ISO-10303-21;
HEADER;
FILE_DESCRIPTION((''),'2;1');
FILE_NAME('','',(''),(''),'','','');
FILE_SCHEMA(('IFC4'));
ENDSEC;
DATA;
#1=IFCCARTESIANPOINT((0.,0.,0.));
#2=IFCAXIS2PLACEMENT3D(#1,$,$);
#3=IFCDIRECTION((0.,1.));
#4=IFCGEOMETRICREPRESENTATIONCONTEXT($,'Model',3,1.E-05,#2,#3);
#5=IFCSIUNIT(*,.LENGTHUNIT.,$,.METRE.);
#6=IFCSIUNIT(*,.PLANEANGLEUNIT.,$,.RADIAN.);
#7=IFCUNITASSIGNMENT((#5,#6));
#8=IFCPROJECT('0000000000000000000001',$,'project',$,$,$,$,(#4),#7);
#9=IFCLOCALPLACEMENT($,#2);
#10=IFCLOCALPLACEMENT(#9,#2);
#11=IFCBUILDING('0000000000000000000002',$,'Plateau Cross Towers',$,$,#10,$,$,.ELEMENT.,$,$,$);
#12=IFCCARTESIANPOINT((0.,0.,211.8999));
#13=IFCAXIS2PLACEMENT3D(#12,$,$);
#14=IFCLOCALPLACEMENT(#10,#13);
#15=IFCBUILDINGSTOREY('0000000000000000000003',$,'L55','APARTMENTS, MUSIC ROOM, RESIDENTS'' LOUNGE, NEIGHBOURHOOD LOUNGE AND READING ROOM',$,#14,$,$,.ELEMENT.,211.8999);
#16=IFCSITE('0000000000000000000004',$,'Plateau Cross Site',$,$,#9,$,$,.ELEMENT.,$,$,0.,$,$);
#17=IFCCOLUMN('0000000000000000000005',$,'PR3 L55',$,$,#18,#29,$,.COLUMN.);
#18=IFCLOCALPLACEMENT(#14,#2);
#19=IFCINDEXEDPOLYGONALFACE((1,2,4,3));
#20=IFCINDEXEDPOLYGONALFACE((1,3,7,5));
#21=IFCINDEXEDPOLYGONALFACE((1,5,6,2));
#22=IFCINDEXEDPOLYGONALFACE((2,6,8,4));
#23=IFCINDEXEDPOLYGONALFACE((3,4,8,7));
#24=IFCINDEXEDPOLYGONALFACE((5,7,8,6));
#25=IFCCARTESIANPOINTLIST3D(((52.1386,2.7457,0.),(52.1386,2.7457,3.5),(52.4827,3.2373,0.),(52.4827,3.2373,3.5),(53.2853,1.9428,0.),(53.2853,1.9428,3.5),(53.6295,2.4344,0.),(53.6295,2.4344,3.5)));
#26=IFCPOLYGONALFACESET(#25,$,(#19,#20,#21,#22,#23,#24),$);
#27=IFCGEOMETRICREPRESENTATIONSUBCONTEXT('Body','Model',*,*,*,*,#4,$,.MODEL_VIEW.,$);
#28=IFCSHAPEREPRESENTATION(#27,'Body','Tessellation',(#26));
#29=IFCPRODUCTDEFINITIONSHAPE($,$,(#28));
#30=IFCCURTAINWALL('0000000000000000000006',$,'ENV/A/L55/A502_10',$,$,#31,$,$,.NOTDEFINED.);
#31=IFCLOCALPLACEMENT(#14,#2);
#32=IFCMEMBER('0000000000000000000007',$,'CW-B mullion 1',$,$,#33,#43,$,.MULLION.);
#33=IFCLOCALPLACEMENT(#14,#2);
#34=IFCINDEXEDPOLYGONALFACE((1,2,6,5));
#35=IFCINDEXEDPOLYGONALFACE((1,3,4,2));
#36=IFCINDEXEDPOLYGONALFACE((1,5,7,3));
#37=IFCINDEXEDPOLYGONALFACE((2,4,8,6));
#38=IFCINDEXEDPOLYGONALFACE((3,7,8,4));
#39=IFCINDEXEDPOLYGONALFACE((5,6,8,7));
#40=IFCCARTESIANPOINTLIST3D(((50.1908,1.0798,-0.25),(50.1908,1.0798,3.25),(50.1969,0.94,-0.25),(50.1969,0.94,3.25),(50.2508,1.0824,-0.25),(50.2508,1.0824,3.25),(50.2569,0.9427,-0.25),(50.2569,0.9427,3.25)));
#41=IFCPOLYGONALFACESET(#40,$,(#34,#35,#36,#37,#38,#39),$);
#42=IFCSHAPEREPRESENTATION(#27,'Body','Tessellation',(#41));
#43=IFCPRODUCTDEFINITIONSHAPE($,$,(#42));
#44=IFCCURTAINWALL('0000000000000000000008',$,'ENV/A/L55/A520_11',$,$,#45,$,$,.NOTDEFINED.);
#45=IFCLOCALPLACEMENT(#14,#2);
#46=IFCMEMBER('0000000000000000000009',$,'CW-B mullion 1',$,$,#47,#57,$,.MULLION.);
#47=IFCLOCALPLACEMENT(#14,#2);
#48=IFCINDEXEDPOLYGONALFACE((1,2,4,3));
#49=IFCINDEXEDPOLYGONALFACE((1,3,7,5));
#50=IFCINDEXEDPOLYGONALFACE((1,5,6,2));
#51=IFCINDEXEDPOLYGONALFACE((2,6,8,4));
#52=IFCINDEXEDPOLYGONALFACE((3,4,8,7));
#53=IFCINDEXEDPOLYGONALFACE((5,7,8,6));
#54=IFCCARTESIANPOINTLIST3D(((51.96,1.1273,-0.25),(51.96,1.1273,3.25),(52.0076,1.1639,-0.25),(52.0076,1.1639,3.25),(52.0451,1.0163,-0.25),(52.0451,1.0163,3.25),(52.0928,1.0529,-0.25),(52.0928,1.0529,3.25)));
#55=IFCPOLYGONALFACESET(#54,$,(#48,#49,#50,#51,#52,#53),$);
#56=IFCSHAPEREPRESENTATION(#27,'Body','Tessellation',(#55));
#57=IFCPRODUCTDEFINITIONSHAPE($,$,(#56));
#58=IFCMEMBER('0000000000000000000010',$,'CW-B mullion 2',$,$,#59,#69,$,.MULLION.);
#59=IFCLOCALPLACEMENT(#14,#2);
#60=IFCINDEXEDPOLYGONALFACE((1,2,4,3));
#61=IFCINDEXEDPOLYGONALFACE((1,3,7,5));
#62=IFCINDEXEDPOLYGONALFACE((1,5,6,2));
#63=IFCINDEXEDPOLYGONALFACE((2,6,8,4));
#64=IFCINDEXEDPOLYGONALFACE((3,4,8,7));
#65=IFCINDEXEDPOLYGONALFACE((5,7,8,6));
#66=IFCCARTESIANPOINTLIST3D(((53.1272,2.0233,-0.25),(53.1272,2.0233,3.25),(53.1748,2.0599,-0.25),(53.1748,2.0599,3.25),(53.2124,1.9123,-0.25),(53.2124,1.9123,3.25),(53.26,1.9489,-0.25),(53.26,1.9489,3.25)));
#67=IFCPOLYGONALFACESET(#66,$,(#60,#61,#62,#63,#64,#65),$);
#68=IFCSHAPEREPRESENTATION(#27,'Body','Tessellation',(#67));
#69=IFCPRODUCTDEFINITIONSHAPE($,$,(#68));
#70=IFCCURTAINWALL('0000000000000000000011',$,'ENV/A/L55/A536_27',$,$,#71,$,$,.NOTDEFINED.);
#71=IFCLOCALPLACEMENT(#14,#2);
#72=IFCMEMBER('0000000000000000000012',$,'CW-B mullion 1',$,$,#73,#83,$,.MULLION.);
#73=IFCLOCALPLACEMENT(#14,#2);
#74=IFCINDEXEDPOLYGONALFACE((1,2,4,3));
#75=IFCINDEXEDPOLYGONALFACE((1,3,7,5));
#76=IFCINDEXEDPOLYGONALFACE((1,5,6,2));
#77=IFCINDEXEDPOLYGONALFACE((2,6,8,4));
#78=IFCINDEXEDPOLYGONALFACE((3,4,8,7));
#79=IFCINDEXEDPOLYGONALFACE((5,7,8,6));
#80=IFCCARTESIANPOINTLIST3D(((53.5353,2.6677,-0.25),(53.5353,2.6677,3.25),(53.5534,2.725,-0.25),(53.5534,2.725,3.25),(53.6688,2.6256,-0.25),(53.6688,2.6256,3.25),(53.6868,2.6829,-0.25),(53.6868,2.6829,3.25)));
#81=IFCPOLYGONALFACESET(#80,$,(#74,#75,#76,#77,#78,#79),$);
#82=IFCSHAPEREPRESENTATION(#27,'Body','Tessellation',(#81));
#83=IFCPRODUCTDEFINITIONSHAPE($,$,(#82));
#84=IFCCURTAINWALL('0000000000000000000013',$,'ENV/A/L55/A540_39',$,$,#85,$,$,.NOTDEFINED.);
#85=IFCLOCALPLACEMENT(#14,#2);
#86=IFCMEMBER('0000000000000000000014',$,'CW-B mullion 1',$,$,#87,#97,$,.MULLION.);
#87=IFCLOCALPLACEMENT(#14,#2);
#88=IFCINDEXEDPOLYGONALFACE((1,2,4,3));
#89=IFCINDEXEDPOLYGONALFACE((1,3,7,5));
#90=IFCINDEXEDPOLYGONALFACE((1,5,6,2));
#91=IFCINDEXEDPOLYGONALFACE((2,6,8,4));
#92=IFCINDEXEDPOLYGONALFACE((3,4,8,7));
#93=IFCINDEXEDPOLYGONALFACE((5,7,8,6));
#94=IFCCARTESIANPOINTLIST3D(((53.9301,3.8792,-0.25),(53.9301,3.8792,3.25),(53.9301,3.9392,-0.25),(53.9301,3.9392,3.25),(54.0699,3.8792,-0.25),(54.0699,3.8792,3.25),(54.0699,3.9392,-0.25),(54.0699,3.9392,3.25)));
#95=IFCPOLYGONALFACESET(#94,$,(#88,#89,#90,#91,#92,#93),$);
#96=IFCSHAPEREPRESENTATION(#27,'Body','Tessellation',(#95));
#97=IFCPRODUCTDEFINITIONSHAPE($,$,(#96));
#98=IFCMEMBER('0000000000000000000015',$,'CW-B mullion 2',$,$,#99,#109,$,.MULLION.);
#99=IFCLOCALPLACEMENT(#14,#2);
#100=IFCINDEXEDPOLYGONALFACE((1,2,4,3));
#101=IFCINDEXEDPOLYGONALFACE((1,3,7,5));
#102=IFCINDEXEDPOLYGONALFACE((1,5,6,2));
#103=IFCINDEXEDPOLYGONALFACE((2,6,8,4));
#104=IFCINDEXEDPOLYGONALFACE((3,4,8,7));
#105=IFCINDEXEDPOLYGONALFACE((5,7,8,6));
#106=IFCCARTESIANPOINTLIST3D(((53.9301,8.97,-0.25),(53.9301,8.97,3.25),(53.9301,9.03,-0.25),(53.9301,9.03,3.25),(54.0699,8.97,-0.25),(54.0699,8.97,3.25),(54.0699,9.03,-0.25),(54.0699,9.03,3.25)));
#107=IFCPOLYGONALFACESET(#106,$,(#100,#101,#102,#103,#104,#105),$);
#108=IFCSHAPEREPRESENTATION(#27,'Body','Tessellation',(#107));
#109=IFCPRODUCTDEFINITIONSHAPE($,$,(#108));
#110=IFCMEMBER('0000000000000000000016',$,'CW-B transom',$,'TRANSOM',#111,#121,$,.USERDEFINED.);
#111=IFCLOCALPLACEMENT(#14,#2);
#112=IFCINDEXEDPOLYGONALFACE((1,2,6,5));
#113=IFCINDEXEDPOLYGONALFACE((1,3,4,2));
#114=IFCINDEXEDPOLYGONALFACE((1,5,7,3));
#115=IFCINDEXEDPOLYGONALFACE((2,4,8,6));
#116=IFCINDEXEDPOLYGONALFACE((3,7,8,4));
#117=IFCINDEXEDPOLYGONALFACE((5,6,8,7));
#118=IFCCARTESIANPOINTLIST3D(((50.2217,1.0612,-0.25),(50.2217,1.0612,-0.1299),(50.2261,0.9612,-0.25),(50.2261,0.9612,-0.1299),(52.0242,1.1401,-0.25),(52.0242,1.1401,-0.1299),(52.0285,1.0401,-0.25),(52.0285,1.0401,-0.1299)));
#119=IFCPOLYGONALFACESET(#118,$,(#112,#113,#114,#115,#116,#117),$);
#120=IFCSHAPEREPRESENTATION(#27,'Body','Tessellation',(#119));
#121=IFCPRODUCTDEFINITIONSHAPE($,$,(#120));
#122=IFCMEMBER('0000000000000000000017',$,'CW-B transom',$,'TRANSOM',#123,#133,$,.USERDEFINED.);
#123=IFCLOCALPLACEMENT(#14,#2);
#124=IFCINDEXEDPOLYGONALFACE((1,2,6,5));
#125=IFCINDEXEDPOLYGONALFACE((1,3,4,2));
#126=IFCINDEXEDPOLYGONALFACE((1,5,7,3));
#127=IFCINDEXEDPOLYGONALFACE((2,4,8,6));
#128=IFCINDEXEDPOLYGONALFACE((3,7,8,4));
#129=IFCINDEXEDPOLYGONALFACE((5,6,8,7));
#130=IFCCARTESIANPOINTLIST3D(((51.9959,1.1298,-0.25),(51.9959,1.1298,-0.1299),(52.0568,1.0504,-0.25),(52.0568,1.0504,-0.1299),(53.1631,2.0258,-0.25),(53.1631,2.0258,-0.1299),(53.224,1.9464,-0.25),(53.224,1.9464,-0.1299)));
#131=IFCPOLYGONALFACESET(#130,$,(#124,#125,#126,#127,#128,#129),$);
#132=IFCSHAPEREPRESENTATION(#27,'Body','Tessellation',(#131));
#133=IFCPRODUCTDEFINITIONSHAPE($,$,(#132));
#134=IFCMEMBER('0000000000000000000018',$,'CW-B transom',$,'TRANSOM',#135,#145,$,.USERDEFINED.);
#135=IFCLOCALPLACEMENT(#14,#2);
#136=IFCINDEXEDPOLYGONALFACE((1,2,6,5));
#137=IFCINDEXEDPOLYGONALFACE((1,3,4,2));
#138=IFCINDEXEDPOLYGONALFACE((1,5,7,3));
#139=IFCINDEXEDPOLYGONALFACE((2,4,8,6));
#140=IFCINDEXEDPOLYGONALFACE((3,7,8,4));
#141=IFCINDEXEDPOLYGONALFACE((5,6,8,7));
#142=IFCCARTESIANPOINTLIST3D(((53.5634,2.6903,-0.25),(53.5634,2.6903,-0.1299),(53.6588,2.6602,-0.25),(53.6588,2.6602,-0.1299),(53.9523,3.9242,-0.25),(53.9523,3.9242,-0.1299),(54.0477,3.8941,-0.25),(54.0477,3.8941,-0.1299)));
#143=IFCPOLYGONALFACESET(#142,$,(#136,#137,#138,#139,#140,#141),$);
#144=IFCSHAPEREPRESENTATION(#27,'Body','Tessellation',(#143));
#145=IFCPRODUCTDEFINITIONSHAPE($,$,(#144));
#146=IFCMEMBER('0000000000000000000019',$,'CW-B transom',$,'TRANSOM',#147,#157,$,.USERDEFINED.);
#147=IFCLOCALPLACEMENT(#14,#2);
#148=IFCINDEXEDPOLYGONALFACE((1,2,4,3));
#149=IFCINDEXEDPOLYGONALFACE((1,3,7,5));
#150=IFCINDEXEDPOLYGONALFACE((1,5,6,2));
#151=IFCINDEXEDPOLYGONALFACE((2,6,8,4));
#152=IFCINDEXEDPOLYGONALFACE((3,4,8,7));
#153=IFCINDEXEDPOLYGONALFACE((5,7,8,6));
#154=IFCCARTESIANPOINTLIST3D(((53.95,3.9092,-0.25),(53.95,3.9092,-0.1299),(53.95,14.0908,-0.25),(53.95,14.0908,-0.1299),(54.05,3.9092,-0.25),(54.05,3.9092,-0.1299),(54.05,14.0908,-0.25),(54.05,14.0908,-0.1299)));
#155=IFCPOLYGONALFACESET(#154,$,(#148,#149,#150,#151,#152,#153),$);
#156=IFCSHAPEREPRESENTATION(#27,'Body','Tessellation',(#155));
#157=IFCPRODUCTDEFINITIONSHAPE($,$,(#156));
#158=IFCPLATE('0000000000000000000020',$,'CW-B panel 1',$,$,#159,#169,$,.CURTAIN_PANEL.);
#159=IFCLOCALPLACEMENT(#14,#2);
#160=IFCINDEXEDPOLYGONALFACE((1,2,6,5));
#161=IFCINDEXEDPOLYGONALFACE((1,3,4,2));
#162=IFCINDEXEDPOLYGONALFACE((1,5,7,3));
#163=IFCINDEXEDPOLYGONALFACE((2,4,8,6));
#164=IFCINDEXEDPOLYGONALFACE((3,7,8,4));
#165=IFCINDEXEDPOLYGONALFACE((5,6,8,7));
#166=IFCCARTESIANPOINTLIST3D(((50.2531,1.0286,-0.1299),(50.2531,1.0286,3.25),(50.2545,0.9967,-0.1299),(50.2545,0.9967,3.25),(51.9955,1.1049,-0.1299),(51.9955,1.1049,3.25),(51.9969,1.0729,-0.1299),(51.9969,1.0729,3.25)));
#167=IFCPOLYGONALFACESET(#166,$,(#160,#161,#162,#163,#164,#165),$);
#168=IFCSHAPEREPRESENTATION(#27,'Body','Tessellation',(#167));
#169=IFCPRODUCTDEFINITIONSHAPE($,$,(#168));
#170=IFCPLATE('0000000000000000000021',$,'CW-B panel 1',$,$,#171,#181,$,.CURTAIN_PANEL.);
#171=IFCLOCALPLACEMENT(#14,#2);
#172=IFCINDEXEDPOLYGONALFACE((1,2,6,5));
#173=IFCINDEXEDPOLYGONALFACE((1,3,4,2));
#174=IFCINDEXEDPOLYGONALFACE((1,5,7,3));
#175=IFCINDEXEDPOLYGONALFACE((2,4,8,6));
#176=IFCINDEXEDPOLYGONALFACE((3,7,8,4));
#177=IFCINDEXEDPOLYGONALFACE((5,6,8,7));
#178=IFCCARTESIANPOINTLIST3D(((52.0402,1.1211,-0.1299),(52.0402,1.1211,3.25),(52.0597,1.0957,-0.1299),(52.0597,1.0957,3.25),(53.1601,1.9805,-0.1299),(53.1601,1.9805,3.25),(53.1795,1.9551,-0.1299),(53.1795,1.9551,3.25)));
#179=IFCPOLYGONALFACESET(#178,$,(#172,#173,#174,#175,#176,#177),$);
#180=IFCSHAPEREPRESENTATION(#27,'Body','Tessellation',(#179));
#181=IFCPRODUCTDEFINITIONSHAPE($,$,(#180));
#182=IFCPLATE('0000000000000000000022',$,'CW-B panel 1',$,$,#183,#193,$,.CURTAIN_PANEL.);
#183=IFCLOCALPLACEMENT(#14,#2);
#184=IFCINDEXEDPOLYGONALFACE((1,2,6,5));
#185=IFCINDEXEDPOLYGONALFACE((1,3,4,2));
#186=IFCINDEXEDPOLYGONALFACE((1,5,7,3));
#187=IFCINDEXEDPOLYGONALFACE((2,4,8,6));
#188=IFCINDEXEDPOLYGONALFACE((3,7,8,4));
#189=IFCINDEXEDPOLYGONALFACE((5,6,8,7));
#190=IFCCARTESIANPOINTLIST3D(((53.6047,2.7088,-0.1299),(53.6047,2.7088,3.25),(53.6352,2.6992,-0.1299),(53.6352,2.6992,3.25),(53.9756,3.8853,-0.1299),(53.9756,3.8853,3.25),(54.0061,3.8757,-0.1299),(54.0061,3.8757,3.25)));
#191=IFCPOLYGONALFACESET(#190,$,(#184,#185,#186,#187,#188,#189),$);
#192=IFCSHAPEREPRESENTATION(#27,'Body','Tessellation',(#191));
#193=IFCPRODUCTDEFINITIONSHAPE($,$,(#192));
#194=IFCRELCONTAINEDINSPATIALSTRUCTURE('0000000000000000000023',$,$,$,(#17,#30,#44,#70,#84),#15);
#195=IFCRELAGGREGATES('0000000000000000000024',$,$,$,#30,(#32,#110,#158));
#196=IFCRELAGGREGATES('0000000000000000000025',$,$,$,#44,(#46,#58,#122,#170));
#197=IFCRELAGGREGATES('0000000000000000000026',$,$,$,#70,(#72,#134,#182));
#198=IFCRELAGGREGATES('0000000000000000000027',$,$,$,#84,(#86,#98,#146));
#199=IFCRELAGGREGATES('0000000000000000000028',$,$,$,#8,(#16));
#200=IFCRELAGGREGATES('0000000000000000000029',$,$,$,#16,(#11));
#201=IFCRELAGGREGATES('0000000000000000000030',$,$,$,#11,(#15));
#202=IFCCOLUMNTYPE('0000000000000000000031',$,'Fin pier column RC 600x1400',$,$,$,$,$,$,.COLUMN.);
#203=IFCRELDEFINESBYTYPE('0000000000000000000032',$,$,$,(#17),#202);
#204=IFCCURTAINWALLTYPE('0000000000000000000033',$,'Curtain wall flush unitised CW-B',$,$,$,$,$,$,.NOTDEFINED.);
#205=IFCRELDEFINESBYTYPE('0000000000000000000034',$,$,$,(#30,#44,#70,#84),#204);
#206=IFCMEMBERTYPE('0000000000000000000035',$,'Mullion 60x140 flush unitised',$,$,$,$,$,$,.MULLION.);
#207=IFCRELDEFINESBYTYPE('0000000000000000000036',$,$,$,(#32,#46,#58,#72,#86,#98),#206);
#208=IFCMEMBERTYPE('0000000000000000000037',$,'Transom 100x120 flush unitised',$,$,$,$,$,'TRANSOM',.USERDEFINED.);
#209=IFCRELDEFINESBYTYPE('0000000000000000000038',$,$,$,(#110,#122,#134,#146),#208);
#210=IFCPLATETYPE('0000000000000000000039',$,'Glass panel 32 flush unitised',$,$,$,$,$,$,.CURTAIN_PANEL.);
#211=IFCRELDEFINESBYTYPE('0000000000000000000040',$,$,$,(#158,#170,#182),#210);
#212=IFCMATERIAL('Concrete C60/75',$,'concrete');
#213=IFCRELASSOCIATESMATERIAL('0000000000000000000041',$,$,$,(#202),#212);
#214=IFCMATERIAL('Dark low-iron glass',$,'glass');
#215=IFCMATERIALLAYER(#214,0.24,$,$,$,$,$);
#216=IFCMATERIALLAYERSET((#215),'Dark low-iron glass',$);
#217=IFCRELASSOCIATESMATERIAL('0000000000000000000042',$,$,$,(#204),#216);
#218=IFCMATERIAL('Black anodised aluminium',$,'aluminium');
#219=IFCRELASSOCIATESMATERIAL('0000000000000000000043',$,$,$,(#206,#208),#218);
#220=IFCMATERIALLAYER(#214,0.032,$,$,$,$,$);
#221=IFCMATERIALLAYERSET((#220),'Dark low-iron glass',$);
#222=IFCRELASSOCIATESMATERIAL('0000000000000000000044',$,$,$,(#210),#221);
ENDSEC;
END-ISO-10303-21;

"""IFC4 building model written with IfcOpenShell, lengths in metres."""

from ifc_helpers import new_model, si_unit, direction, frame, origin, origin_2d, place, context, subcontext, project, spatial, rectangle, extrude, material, layer, layer_set, material_profile, profile_set, type_object, element, aggregate, save


model = new_model("IFC4")

# Units and contexts
model_context = context("Model", 3, precision=1e-05, world=origin(), true_north=direction((0.0, 1.0)))
body_context = subcontext(model_context, "Body", "Model", "MODEL_VIEW")
ifc_project = project(units=[si_unit("LENGTHUNIT", "METRE"), si_unit("PLANEANGLEUNIT", "RADIAN")], contexts=[model_context])

# Site, building, storey
site_placement = place(None, origin())
site = spatial("IfcSite", under=ifc_project, at=site_placement, Name="Plateau Cross Site", CompositionType="ELEMENT", RefElevation=0.0)
building_placement = place(site_placement, origin())
building = spatial("IfcBuilding", under=site, at=building_placement, Name="Plateau Cross Towers", CompositionType="ELEMENT")
storey_placement = place(building_placement, frame((0.0, 0.0, 211.8999)))
storey = spatial("IfcBuildingStorey", under=building, at=storey_placement, Name="L55", Description="APARTMENTS, MUSIC ROOM, RESIDENTS' LOUNGE, NEIGHBOURHOOD LOUNGE AND READING ROOM", CompositionType="ELEMENT", Elevation=211.8999)

# Column
ifc_material_1 = material(Name="Concrete C60/75", Category="concrete")
ifc_material_profile_1 = material_profile(ifc_material_1, rectangle(XDim=0.6001, YDim=1.3999, at=origin_2d()), Name="RC 600x1400")
ifc_profile_set_1 = profile_set([ifc_material_profile_1], Name="Concrete C60/75")
column_type = type_object("IfcColumnType", Name="Fin pier column RC 600x1400", PredefinedType="COLUMN", material=ifc_profile_set_1)
column_placement = place(storey_placement, frame((52.884, 2.5901, 0.0), z_axis=(0.0, 0.0, 1.0), x_axis=(0.573543, 0.819176, 0.0)))
element("IfcColumn", 1, at=column_placement, inside=storey, type_object=column_type, Name="PR3 L55", PredefinedType="COLUMN", context=body_context, shape_type="SweptSolid", body=[
    extrude(rectangle(XDim=0.6001, YDim=1.3999, at=origin_2d()), origin(), (0.0, 0.0, 1.0), 3.5),
])

# Curtain wall, member
ifc_material_2 = material(Name="Dark low-iron glass", Category="glass")
ifc_layer_1 = layer(ifc_material_2, 0.24)
ifc_layer_set_1 = layer_set([ifc_layer_1], Name="Dark low-iron glass")
curtain_wall_type_1 = type_object("IfcCurtainWallType", Name="Curtain wall flush unitised CW-B", PredefinedType="NOTDEFINED", material=ifc_layer_set_1)
curtain_wall_1_placement = place(storey_placement, origin())
curtain_wall_1 = element("IfcCurtainWall", 2, at=curtain_wall_1_placement, inside=storey, type_object=curtain_wall_type_1, Name="ENV/A/L55/A502_10", PredefinedType="NOTDEFINED")
ifc_material_3 = material(Name="Black anodised aluminium", Category="aluminium")
ifc_material_profile_2 = material_profile(ifc_material_3, rectangle(XDim=0.0601, YDim=0.1399, at=origin_2d()), Name="MULLION 60x140")
ifc_profile_set_2 = profile_set([ifc_material_profile_2], Name="Black anodised aluminium")
member_type_1 = type_object("IfcMemberType", Name="Mullion 60x140 flush unitised", PredefinedType="MULLION", material=ifc_profile_set_2)
member_1_placement = place(storey_placement, frame((50.2239, 1.0112, -0.25), z_axis=(0.0, 0.0, 1.0), x_axis=(0.999044, 0.043723, 0.0)))
member_1 = element("IfcMember", 3, at=member_1_placement, type_object=member_type_1, Name="CW-B mullion 1", PredefinedType="MULLION", context=body_context, shape_type="SweptSolid", body=[
    extrude(rectangle(XDim=0.0601, YDim=0.1399, at=origin_2d()), origin(), (0.0, 0.0, 1.0), 3.5),
])

# Curtain wall, members
curtain_wall_2_placement = place(storey_placement, origin())
curtain_wall_2 = element("IfcCurtainWall", 4, at=curtain_wall_2_placement, inside=storey, type_object=curtain_wall_type_1, Name="ENV/A/L55/A520_11", PredefinedType="NOTDEFINED")
member_2_placement = place(storey_placement, frame((52.0264, 1.0901, -0.25), z_axis=(0.0, 0.0, 1.0), x_axis=(0.793316, 0.608811, 0.0)))
member_2 = element("IfcMember", 5, at=member_2_placement, type_object=member_type_1, Name="CW-B mullion 1", PredefinedType="MULLION", context=body_context, shape_type="SweptSolid", body=[
    extrude(rectangle(XDim=0.0601, YDim=0.1399, at=origin_2d()), origin(), (0.0, 0.0, 1.0), 3.5),
])
member_3_placement = place(storey_placement, frame((53.1936, 1.9861, -0.25), z_axis=(0.0, 0.0, 1.0), x_axis=(0.793316, 0.608811, 0.0)))
member_3 = element("IfcMember", 6, at=member_3_placement, type_object=member_type_1, Name="CW-B mullion 2", PredefinedType="MULLION", context=body_context, shape_type="SweptSolid", body=[
    extrude(rectangle(XDim=0.0601, YDim=0.1399, at=origin_2d()), origin(), (0.0, 0.0, 1.0), 3.5),
])

# Curtain wall, member
curtain_wall_3_placement = place(storey_placement, origin())
curtain_wall_3 = element("IfcCurtainWall", 7, at=curtain_wall_3_placement, inside=storey, type_object=curtain_wall_type_1, Name="ENV/A/L55/A536_27", PredefinedType="NOTDEFINED")
member_4_placement = place(storey_placement, frame((53.6111, 2.6753, -0.25), z_axis=(0.0, 0.0, 1.0), x_axis=(0.300686, 0.953723, 0.0)))
member_4 = element("IfcMember", 8, at=member_4_placement, type_object=member_type_1, Name="CW-B mullion 1", PredefinedType="MULLION", context=body_context, shape_type="SweptSolid", body=[
    extrude(rectangle(XDim=0.0601, YDim=0.1399, at=origin_2d()), origin(), (0.0, 0.0, 1.0), 3.5),
])

# Curtain wall, members
curtain_wall_4_placement = place(storey_placement, origin())
curtain_wall_4 = element("IfcCurtainWall", 9, at=curtain_wall_4_placement, inside=storey, type_object=curtain_wall_type_1, Name="ENV/A/L55/A540_39", PredefinedType="NOTDEFINED")
member_5_placement = place(storey_placement, frame((54.0, 3.9092, -0.25), z_axis=(0.0, 0.0, 1.0), x_axis=(0.0, 1.0, 0.0)))
member_5 = element("IfcMember", 10, at=member_5_placement, type_object=member_type_1, Name="CW-B mullion 1", PredefinedType="MULLION", context=body_context, shape_type="SweptSolid", body=[
    extrude(rectangle(XDim=0.0601, YDim=0.1399, at=origin_2d()), origin(), (0.0, 0.0, 1.0), 3.5),
])
member_6_placement = place(storey_placement, frame((54.0, 9.0, -0.25), z_axis=(0.0, 0.0, 1.0), x_axis=(0.0, 1.0, 0.0)))
member_6 = element("IfcMember", 11, at=member_6_placement, type_object=member_type_1, Name="CW-B mullion 2", PredefinedType="MULLION", context=body_context, shape_type="SweptSolid", body=[
    extrude(rectangle(XDim=0.0601, YDim=0.1399, at=origin_2d()), origin(), (0.0, 0.0, 1.0), 3.5),
])

# Members
ifc_material_profile_3 = material_profile(ifc_material_3, rectangle(XDim=0.1001, YDim=0.1201, at=origin_2d()), Name="TRANSOM 100x120")
ifc_profile_set_3 = profile_set([ifc_material_profile_3], Name="Black anodised aluminium")
member_type_2 = type_object("IfcMemberType", Name="Transom 100x120 flush unitised", ElementType="TRANSOM", PredefinedType="USERDEFINED", material=ifc_profile_set_3)
member_7_placement = place(storey_placement, frame((50.2239, 1.0112, -0.1899), z_axis=(0.999044, 0.043707, 0.0), x_axis=(-0.043707, 0.999044, 0.0)))
member_7 = element("IfcMember", 12, at=member_7_placement, type_object=member_type_2, Name="CW-B transom", ObjectType="TRANSOM", PredefinedType="USERDEFINED", context=body_context, shape_type="SweptSolid", body=[
    extrude(rectangle(XDim=0.1001, YDim=0.1201, at=origin_2d()), origin(), (0.0, 0.0, 1.0), 1.8042),
])
member_8_placement = place(storey_placement, frame((52.0264, 1.0901, -0.1899), z_axis=(0.79324, 0.608909, 0.0), x_axis=(-0.608909, 0.79324, 0.0)))
member_8 = element("IfcMember", 13, at=member_8_placement, type_object=member_type_2, Name="CW-B transom", ObjectType="TRANSOM", PredefinedType="USERDEFINED", context=body_context, shape_type="SweptSolid", body=[
    extrude(rectangle(XDim=0.1001, YDim=0.1201, at=origin_2d()), origin(), (0.0, 0.0, 1.0), 1.4714),
])
member_9_placement = place(storey_placement, frame((53.6111, 2.6753, -0.1899), z_axis=(0.300617, 0.953745, 0.0), x_axis=(-0.953745, 0.300617, 0.0)))
member_9 = element("IfcMember", 14, at=member_9_placement, type_object=member_type_2, Name="CW-B transom", ObjectType="TRANSOM", PredefinedType="USERDEFINED", context=body_context, shape_type="SweptSolid", body=[
    extrude(rectangle(XDim=0.1001, YDim=0.1201, at=origin_2d()), origin(), (0.0, 0.0, 1.0), 1.2937),
])
member_10_placement = place(storey_placement, frame((54.0, 3.9092, -0.1899), z_axis=(0.0, 1.0, 0.0), x_axis=(-1.0, 0.0, 0.0)))
member_10 = element("IfcMember", 15, at=member_10_placement, type_object=member_type_2, Name="CW-B transom", ObjectType="TRANSOM", PredefinedType="USERDEFINED", context=body_context, shape_type="SweptSolid", body=[
    extrude(rectangle(XDim=0.1001, YDim=0.1201, at=origin_2d()), origin(), (0.0, 0.0, 1.0), 10.1816),
])

# Plates
ifc_layer_2 = layer(ifc_material_2, 0.032)
ifc_layer_set_2 = layer_set([ifc_layer_2], Name="Dark low-iron glass")
plate_type_1 = type_object("IfcPlateType", Name="Glass panel 32 flush unitised", PredefinedType="CURTAIN_PANEL", material=ifc_layer_set_2)
plate_1_placement = place(storey_placement, frame((51.125, 1.0508, -0.1299), z_axis=(0.0, 0.0, 1.0), x_axis=(0.999044, 0.043723, 0.0)))
plate_1 = element("IfcPlate", 16, at=plate_1_placement, type_object=plate_type_1, Name="CW-B panel 1", PredefinedType="CURTAIN_PANEL", context=body_context, shape_type="SweptSolid", body=[
    extrude(rectangle(XDim=1.7441, YDim=0.032, at=origin_2d()), origin(), (0.0, 0.0, 1.0), 3.3799),
])
aggregate(curtain_wall_1, [member_1, member_7, plate_1])
plate_2_placement = place(storey_placement, frame((52.6099, 1.5381, -0.1299), z_axis=(0.0, 0.0, 1.0), x_axis=(0.793316, 0.608811, 0.0)))
plate_2 = element("IfcPlate", 17, at=plate_2_placement, type_object=plate_type_1, Name="CW-B panel 1", PredefinedType="CURTAIN_PANEL", context=body_context, shape_type="SweptSolid", body=[
    extrude(rectangle(XDim=1.4116, YDim=0.032, at=origin_2d()), origin(), (0.0, 0.0, 1.0), 3.3799),
])
aggregate(curtain_wall_2, [member_2, member_3, member_8, plate_2])
plate_3_placement = place(storey_placement, frame((53.8054, 3.2922, -0.1299), z_axis=(0.0, 0.0, 1.0), x_axis=(0.300686, 0.953723, 0.0)))
plate_3 = element("IfcPlate", 18, at=plate_3_placement, type_object=plate_type_1, Name="CW-B panel 1", PredefinedType="CURTAIN_PANEL", context=body_context, shape_type="SweptSolid", body=[
    extrude(rectangle(XDim=1.2336, YDim=0.032, at=origin_2d()), origin(), (0.0, 0.0, 1.0), 3.3799),
])
aggregate(curtain_wall_3, [member_4, member_9, plate_3])
aggregate(curtain_wall_4, [member_5, member_6, member_10])

save(model, "model.ifc")
